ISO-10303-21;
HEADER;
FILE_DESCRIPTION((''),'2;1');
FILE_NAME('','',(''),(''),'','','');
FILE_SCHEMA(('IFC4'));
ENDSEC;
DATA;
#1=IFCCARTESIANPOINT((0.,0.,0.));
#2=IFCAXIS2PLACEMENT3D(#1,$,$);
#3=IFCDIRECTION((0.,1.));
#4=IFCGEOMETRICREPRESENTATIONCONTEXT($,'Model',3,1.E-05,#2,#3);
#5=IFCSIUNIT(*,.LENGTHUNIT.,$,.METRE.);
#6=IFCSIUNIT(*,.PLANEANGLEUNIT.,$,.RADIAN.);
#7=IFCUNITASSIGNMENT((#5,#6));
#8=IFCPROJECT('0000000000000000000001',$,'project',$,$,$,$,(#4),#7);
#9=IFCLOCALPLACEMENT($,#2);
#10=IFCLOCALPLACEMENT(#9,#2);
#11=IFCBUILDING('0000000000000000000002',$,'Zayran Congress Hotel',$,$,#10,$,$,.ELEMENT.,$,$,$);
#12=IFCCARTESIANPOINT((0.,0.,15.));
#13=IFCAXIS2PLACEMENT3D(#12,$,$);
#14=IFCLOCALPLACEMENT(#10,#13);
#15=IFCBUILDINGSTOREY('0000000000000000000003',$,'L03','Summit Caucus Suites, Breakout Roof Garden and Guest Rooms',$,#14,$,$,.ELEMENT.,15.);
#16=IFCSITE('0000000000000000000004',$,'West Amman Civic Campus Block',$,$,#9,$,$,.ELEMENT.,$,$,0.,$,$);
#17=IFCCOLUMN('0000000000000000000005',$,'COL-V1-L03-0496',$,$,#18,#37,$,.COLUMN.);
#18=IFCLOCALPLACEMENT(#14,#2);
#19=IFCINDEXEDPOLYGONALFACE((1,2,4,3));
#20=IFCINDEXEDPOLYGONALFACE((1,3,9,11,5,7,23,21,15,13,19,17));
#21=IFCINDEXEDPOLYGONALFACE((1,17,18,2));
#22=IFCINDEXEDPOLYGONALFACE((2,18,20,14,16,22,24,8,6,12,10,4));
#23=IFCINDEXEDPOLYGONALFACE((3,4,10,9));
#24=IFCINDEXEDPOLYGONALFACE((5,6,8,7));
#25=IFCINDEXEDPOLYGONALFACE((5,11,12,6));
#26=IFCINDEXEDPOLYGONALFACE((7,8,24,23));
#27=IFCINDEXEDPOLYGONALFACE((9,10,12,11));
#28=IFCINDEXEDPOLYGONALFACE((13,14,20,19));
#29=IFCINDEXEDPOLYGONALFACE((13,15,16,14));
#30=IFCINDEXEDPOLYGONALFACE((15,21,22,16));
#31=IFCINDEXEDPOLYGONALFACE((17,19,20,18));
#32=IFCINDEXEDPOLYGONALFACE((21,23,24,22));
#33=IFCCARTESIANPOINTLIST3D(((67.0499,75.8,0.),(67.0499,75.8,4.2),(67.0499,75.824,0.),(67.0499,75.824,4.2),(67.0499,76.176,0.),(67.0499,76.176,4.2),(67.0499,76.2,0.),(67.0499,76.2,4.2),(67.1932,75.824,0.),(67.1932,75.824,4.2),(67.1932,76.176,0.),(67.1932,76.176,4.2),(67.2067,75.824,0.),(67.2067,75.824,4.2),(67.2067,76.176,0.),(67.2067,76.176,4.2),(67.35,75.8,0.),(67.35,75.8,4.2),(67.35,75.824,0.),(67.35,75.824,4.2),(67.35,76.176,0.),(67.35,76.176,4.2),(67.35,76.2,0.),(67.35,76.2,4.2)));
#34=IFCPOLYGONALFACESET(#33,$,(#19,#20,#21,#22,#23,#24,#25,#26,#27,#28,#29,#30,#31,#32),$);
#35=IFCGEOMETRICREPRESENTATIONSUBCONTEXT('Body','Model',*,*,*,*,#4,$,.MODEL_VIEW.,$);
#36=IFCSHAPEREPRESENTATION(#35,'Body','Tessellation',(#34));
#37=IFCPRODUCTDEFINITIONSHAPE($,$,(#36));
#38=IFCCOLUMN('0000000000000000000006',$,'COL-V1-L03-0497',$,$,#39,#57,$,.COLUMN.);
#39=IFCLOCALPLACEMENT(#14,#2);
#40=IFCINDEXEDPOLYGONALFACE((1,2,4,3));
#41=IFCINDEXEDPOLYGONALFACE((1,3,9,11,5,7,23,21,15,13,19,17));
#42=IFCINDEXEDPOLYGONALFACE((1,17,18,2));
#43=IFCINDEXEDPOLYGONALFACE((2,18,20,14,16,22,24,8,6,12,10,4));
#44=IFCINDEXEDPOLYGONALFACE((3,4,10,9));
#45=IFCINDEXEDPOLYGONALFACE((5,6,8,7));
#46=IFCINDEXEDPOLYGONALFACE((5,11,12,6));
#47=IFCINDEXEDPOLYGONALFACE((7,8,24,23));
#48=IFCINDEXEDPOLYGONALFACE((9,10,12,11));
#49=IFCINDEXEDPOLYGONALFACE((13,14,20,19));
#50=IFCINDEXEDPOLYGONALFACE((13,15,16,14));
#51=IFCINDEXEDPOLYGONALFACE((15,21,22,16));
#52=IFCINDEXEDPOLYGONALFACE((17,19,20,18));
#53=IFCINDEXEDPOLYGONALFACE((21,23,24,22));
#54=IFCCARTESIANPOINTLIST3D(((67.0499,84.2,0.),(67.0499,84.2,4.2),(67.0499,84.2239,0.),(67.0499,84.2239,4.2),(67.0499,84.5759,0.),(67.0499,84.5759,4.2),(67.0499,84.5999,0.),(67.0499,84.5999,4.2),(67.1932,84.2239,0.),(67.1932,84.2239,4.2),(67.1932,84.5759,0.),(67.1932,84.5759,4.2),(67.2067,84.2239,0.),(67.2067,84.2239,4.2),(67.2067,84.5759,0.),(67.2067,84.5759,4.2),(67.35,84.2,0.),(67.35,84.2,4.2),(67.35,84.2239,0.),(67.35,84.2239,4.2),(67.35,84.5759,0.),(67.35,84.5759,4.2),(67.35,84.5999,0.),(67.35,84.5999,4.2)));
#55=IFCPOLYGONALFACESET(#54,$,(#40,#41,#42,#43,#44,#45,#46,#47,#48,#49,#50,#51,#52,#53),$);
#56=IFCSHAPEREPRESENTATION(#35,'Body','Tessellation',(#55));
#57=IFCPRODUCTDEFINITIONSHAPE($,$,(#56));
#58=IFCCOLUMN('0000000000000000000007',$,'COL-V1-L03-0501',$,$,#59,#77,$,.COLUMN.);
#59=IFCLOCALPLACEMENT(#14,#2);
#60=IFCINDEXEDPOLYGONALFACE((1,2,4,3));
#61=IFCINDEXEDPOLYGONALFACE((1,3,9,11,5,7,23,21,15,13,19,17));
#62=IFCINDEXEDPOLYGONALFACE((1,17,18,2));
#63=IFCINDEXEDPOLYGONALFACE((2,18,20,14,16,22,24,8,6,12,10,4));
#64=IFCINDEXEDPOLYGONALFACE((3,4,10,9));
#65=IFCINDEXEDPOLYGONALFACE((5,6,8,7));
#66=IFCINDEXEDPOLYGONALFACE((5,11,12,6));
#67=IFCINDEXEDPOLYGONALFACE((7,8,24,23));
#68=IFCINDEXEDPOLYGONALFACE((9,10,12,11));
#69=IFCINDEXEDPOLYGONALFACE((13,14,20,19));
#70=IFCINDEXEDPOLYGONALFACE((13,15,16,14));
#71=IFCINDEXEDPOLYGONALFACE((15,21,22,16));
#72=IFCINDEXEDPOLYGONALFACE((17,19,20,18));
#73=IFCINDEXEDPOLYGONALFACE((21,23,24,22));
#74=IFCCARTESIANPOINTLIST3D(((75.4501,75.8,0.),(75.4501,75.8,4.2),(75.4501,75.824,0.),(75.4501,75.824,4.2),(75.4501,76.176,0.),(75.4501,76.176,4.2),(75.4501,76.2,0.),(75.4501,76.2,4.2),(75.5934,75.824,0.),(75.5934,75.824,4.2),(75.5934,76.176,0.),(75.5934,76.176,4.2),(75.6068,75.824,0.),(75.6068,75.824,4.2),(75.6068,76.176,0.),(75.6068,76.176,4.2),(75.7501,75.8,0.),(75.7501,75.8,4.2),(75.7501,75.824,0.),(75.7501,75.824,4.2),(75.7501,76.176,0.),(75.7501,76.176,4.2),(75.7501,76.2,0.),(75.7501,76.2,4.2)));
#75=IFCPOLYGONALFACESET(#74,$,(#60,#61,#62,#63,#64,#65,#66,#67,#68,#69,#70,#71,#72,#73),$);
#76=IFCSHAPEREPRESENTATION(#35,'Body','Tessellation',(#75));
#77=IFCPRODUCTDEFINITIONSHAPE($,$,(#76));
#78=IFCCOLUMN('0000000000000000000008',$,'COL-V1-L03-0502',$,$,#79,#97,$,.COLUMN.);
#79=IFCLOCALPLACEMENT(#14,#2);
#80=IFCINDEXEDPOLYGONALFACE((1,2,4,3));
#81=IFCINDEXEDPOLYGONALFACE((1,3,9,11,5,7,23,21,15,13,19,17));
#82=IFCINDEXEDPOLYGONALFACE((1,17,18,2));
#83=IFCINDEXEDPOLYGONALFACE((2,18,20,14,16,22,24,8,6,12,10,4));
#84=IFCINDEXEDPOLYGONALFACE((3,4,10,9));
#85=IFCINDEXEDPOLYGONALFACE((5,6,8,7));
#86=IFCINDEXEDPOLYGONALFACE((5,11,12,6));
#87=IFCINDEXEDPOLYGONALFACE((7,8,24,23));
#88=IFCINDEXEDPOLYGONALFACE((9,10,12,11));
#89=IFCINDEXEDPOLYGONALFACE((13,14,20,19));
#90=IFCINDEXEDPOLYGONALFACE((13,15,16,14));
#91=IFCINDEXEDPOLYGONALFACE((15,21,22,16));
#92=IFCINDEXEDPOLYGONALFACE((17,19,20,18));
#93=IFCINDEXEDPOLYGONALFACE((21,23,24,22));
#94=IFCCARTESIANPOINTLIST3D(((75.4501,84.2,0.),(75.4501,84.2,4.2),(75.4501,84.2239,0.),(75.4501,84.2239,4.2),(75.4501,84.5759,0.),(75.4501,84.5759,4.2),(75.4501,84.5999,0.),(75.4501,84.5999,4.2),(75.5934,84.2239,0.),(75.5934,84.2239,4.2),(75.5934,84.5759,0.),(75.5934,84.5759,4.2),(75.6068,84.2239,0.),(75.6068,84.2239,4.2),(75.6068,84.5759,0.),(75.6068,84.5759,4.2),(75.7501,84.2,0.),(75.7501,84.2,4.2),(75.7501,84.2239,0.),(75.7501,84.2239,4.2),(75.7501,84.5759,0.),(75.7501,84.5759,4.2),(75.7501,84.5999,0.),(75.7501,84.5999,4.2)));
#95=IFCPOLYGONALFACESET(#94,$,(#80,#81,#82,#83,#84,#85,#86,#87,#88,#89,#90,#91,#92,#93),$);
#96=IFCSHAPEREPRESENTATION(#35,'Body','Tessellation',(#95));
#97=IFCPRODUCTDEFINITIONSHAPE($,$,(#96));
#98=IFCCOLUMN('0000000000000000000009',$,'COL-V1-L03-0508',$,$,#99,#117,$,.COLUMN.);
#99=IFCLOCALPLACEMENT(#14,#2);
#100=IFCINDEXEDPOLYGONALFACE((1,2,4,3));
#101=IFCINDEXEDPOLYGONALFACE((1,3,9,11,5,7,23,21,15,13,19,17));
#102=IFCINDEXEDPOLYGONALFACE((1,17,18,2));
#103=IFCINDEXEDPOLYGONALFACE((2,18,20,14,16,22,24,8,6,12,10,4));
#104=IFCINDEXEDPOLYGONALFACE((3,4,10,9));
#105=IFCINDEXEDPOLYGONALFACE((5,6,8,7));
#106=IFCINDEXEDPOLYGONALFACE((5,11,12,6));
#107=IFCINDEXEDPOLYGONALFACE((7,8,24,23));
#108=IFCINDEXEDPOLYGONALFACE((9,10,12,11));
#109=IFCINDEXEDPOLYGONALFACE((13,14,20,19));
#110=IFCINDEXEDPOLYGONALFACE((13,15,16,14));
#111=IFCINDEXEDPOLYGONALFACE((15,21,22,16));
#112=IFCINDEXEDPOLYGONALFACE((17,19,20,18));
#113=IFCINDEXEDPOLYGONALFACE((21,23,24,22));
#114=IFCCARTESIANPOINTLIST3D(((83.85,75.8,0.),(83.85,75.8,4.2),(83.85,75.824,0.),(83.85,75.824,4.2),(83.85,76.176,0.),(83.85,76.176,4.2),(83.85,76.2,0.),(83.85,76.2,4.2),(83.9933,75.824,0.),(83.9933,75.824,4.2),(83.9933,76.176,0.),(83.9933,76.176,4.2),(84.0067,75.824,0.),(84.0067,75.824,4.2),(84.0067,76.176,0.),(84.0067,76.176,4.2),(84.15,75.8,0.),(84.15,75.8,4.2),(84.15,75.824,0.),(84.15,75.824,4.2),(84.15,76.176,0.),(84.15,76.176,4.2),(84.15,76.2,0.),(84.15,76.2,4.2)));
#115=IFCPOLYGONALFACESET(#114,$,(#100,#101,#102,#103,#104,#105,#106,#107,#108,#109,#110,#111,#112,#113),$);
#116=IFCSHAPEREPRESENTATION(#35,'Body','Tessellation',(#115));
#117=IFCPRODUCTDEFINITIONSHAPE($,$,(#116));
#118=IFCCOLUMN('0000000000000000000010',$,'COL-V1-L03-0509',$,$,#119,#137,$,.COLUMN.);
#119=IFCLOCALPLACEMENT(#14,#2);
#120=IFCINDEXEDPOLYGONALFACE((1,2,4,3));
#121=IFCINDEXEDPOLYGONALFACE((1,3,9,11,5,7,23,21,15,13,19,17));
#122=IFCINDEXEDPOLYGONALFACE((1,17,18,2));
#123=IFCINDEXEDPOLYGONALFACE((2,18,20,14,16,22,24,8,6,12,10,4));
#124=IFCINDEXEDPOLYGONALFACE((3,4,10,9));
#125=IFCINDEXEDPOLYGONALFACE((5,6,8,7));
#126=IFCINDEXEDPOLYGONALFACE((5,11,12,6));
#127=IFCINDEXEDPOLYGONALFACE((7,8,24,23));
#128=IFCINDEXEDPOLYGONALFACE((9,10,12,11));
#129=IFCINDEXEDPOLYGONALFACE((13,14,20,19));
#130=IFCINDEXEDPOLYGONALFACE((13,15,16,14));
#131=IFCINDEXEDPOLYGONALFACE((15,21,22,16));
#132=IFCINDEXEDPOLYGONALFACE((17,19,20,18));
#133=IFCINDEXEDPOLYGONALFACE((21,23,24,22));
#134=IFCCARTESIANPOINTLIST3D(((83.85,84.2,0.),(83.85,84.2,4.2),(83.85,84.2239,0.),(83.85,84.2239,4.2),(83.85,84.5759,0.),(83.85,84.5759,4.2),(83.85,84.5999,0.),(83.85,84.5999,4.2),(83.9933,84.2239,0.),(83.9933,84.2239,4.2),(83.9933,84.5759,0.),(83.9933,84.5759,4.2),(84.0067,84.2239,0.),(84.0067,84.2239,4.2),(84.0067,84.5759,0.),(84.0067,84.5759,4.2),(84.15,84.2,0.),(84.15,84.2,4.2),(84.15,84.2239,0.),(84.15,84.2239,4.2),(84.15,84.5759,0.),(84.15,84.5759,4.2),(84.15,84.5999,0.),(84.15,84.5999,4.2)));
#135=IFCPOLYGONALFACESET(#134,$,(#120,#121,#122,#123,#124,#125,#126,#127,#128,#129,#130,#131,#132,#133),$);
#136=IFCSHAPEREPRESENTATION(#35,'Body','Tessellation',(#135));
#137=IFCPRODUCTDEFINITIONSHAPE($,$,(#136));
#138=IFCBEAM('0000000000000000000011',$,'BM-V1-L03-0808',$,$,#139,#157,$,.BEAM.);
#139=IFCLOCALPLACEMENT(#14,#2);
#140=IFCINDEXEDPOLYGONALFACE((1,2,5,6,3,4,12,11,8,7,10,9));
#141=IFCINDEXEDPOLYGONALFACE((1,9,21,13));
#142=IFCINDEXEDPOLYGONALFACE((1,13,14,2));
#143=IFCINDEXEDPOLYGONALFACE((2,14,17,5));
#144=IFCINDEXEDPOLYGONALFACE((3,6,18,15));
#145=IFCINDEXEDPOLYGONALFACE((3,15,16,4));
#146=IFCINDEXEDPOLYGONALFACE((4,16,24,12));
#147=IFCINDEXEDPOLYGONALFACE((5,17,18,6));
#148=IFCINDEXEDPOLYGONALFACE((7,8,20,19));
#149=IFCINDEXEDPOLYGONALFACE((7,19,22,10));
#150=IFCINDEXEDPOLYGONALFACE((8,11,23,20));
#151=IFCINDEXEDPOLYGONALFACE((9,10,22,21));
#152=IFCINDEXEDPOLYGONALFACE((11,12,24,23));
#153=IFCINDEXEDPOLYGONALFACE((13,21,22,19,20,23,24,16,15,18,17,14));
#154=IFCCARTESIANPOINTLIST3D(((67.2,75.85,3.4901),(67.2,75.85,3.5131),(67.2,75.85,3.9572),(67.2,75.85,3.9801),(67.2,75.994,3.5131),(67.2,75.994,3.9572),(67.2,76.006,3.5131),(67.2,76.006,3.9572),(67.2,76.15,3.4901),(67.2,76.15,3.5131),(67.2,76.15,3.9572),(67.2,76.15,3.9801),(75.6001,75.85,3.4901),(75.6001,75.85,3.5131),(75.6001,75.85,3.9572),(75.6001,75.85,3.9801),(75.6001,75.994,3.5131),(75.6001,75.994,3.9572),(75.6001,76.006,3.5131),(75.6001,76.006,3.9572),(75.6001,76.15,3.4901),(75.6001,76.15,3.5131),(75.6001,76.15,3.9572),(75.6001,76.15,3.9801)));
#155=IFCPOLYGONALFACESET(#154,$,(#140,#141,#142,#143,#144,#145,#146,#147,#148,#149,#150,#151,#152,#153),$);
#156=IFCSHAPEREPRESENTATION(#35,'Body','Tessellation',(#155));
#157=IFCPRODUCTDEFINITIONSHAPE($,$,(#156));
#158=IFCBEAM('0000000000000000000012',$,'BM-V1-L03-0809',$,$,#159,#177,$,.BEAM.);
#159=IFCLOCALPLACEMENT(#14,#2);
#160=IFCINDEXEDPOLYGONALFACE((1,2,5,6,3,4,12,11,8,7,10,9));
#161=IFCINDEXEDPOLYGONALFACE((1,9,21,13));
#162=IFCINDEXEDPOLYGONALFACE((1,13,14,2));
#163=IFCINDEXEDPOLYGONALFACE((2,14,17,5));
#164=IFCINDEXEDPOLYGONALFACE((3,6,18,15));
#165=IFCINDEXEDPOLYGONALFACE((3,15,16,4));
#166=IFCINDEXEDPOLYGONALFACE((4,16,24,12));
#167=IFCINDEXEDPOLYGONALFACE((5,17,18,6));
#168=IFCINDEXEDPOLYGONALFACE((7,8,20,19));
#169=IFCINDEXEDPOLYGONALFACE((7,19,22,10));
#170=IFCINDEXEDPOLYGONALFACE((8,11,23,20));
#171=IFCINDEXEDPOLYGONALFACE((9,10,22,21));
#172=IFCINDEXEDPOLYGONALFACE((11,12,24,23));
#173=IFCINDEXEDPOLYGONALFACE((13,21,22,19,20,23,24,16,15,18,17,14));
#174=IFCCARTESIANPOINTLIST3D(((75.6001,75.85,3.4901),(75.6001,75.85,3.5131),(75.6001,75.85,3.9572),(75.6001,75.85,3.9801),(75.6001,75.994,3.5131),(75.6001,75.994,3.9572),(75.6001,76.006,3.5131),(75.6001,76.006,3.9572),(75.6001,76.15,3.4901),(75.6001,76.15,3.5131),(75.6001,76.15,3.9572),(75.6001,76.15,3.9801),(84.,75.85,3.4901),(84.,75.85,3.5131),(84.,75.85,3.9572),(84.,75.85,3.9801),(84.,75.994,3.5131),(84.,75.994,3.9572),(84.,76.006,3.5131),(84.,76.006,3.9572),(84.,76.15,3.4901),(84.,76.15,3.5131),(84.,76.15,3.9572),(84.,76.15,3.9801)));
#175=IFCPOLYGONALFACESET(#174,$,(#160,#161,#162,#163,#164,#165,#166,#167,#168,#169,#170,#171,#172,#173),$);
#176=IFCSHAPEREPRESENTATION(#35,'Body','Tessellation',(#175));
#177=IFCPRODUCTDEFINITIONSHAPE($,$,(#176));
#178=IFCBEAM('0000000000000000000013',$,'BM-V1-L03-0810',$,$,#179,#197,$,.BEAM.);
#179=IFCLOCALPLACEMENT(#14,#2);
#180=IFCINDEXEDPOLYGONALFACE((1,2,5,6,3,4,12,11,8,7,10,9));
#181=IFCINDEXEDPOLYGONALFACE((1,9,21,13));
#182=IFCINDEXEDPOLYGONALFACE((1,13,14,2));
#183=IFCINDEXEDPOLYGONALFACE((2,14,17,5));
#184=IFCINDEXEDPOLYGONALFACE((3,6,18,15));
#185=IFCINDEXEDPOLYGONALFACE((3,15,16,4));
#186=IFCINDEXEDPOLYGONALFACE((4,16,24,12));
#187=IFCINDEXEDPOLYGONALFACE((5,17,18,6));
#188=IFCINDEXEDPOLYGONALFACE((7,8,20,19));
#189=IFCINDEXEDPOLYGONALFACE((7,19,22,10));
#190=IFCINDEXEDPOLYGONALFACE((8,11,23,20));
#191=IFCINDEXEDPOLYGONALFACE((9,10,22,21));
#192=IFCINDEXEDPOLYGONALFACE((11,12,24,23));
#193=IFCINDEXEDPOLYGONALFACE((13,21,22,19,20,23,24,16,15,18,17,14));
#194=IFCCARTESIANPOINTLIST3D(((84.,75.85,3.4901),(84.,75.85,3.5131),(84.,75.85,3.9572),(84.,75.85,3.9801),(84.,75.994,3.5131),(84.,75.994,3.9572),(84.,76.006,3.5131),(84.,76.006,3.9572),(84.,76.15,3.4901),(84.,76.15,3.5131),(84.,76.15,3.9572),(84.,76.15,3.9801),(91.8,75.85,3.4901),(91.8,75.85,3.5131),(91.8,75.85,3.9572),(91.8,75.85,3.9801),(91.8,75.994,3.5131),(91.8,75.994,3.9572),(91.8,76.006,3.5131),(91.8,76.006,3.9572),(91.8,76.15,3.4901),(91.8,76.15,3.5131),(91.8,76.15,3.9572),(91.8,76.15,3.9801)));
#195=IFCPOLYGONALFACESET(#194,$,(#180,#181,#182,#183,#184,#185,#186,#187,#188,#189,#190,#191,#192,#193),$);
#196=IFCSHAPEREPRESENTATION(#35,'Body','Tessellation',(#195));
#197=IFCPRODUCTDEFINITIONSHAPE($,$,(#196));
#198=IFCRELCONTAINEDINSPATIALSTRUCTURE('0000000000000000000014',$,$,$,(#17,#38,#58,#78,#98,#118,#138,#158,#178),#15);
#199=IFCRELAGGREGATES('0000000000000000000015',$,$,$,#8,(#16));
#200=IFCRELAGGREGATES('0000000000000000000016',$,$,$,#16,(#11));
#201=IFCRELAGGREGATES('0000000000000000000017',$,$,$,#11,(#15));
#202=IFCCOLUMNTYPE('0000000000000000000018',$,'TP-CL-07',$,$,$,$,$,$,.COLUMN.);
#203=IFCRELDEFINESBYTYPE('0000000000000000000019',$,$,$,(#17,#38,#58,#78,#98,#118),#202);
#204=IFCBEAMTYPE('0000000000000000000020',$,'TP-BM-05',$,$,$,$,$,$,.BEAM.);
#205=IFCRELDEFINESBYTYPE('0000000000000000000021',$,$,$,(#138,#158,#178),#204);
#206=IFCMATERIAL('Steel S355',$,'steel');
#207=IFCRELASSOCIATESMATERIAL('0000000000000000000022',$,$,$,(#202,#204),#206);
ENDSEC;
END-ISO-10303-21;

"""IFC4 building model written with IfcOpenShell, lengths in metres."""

from ifc_helpers import new_model, si_unit, direction, frame, origin, origin_2d, place, context, subcontext, project, spatial, i_section, extrude, material, material_profile, profile_set, type_object, element, save


model = new_model("IFC4")

# Units and contexts
model_context = context("Model", 3, precision=1e-05, world=origin(), true_north=direction((0.0, 1.0)))
body_context = subcontext(model_context, "Body", "Model", "MODEL_VIEW")
ifc_project = project(units=[si_unit("LENGTHUNIT", "METRE"), si_unit("PLANEANGLEUNIT", "RADIAN")], contexts=[model_context])

# Site, building, storey
site_placement = place(None, origin())
site = spatial("IfcSite", under=ifc_project, at=site_placement, Name="West Amman Civic Campus Block", CompositionType="ELEMENT", RefElevation=0.0)
building_placement = place(site_placement, origin())
building = spatial("IfcBuilding", under=site, at=building_placement, Name="Zayran Congress Hotel", CompositionType="ELEMENT")
storey_placement = place(building_placement, frame((0.0, 0.0, 15.0)))
storey = spatial("IfcBuildingStorey", under=building, at=storey_placement, Name="L03", Description="Summit Caucus Suites, Breakout Roof Garden and Guest Rooms", CompositionType="ELEMENT", Elevation=15.0)

# Columns
ifc_material_1 = material(Name="Steel S355", Category="steel")
ifc_material_profile_1 = material_profile(ifc_material_1, i_section(OverallWidth=0.3, OverallDepth=0.3999, WebThickness=0.0134, FlangeThickness=0.0239, at=origin_2d()), Name="HEB 400")
ifc_profile_set_1 = profile_set([ifc_material_profile_1], Name="Steel S355")
column_type = type_object("IfcColumnType", Name="TP-CL-07", PredefinedType="COLUMN", material=ifc_profile_set_1)
for number, where, z_axis, x_axis, name in (
    (1, (67.2, 76.0, 0.0), (0.0, 0.0, 1.0), (1.0, 0.0, 0.0), "COL-V1-L03-0496"),
    (2, (67.2, 84.3999, 0.0), (0.0, 0.0, 1.0), (1.0, 0.0, 0.0), "COL-V1-L03-0497"),
    (3, (75.6001, 76.0, 0.0), (0.0, 0.0, 1.0), (1.0, 0.0, 0.0), "COL-V1-L03-0501"),
    (4, (75.6001, 84.3999, 0.0), (0.0, 0.0, 1.0), (1.0, 0.0, 0.0), "COL-V1-L03-0502"),
    (5, (84.0, 76.0, 0.0), (0.0, 0.0, 1.0), (1.0, 0.0, 0.0), "COL-V1-L03-0508"),
    (6, (84.0, 84.3999, 0.0), (0.0, 0.0, 1.0), (1.0, 0.0, 0.0), "COL-V1-L03-0509"),
):
    element("IfcColumn", number, at=place(storey_placement, frame(where, z_axis=z_axis, x_axis=x_axis)), inside=storey, type_object=column_type, Name=name, PredefinedType="COLUMN", context=body_context, shape_type="SweptSolid", body=[
        extrude(i_section(OverallWidth=0.3, OverallDepth=0.3999, WebThickness=0.0134, FlangeThickness=0.0239, at=origin_2d()), origin(), (0.0, 0.0, 1.0), 4.2),
    ])

# Beams
ifc_material_profile_2 = material_profile(ifc_material_1, i_section(OverallWidth=0.3, OverallDepth=0.49, WebThickness=0.012, FlangeThickness=0.0229, at=origin_2d()), Name="HEA 500")
ifc_profile_set_2 = profile_set([ifc_material_profile_2], Name="Steel S355")
beam_type_1 = type_object("IfcBeamType", Name="TP-BM-05", PredefinedType="BEAM", material=ifc_profile_set_2)
beam_1_placement = place(storey_placement, frame((67.2, 76.0, 3.7351), z_axis=(1.0, 0.0, 0.0), x_axis=(0.0, 1.0, 0.0)))
element("IfcBeam", 7, at=beam_1_placement, inside=storey, type_object=beam_type_1, Name="BM-V1-L03-0808", PredefinedType="BEAM", context=body_context, shape_type="SweptSolid", body=[
    extrude(i_section(OverallWidth=0.3, OverallDepth=0.49, WebThickness=0.012, FlangeThickness=0.0229, at=origin_2d()), origin(), (0.0, 0.0, 1.0), 8.4001),
])
beam_2_placement = place(storey_placement, frame((75.6001, 76.0, 3.7351), z_axis=(1.0, 0.0, 0.0), x_axis=(0.0, 1.0, 0.0)))
element("IfcBeam", 8, at=beam_2_placement, inside=storey, type_object=beam_type_1, Name="BM-V1-L03-0809", PredefinedType="BEAM", context=body_context, shape_type="SweptSolid", body=[
    extrude(i_section(OverallWidth=0.3, OverallDepth=0.49, WebThickness=0.012, FlangeThickness=0.0229, at=origin_2d()), origin(), (0.0, 0.0, 1.0), 8.3999),
])
beam_3_placement = place(storey_placement, frame((84.0, 76.0, 3.7351), z_axis=(1.0, 0.0, 0.0), x_axis=(0.0, 1.0, 0.0)))
element("IfcBeam", 9, at=beam_3_placement, inside=storey, type_object=beam_type_1, Name="BM-V1-L03-0810", PredefinedType="BEAM", context=body_context, shape_type="SweptSolid", body=[
    extrude(i_section(OverallWidth=0.3, OverallDepth=0.49, WebThickness=0.012, FlangeThickness=0.0229, at=origin_2d()), origin(), (0.0, 0.0, 1.0), 7.8),
])

save(model, "model.ifc")
